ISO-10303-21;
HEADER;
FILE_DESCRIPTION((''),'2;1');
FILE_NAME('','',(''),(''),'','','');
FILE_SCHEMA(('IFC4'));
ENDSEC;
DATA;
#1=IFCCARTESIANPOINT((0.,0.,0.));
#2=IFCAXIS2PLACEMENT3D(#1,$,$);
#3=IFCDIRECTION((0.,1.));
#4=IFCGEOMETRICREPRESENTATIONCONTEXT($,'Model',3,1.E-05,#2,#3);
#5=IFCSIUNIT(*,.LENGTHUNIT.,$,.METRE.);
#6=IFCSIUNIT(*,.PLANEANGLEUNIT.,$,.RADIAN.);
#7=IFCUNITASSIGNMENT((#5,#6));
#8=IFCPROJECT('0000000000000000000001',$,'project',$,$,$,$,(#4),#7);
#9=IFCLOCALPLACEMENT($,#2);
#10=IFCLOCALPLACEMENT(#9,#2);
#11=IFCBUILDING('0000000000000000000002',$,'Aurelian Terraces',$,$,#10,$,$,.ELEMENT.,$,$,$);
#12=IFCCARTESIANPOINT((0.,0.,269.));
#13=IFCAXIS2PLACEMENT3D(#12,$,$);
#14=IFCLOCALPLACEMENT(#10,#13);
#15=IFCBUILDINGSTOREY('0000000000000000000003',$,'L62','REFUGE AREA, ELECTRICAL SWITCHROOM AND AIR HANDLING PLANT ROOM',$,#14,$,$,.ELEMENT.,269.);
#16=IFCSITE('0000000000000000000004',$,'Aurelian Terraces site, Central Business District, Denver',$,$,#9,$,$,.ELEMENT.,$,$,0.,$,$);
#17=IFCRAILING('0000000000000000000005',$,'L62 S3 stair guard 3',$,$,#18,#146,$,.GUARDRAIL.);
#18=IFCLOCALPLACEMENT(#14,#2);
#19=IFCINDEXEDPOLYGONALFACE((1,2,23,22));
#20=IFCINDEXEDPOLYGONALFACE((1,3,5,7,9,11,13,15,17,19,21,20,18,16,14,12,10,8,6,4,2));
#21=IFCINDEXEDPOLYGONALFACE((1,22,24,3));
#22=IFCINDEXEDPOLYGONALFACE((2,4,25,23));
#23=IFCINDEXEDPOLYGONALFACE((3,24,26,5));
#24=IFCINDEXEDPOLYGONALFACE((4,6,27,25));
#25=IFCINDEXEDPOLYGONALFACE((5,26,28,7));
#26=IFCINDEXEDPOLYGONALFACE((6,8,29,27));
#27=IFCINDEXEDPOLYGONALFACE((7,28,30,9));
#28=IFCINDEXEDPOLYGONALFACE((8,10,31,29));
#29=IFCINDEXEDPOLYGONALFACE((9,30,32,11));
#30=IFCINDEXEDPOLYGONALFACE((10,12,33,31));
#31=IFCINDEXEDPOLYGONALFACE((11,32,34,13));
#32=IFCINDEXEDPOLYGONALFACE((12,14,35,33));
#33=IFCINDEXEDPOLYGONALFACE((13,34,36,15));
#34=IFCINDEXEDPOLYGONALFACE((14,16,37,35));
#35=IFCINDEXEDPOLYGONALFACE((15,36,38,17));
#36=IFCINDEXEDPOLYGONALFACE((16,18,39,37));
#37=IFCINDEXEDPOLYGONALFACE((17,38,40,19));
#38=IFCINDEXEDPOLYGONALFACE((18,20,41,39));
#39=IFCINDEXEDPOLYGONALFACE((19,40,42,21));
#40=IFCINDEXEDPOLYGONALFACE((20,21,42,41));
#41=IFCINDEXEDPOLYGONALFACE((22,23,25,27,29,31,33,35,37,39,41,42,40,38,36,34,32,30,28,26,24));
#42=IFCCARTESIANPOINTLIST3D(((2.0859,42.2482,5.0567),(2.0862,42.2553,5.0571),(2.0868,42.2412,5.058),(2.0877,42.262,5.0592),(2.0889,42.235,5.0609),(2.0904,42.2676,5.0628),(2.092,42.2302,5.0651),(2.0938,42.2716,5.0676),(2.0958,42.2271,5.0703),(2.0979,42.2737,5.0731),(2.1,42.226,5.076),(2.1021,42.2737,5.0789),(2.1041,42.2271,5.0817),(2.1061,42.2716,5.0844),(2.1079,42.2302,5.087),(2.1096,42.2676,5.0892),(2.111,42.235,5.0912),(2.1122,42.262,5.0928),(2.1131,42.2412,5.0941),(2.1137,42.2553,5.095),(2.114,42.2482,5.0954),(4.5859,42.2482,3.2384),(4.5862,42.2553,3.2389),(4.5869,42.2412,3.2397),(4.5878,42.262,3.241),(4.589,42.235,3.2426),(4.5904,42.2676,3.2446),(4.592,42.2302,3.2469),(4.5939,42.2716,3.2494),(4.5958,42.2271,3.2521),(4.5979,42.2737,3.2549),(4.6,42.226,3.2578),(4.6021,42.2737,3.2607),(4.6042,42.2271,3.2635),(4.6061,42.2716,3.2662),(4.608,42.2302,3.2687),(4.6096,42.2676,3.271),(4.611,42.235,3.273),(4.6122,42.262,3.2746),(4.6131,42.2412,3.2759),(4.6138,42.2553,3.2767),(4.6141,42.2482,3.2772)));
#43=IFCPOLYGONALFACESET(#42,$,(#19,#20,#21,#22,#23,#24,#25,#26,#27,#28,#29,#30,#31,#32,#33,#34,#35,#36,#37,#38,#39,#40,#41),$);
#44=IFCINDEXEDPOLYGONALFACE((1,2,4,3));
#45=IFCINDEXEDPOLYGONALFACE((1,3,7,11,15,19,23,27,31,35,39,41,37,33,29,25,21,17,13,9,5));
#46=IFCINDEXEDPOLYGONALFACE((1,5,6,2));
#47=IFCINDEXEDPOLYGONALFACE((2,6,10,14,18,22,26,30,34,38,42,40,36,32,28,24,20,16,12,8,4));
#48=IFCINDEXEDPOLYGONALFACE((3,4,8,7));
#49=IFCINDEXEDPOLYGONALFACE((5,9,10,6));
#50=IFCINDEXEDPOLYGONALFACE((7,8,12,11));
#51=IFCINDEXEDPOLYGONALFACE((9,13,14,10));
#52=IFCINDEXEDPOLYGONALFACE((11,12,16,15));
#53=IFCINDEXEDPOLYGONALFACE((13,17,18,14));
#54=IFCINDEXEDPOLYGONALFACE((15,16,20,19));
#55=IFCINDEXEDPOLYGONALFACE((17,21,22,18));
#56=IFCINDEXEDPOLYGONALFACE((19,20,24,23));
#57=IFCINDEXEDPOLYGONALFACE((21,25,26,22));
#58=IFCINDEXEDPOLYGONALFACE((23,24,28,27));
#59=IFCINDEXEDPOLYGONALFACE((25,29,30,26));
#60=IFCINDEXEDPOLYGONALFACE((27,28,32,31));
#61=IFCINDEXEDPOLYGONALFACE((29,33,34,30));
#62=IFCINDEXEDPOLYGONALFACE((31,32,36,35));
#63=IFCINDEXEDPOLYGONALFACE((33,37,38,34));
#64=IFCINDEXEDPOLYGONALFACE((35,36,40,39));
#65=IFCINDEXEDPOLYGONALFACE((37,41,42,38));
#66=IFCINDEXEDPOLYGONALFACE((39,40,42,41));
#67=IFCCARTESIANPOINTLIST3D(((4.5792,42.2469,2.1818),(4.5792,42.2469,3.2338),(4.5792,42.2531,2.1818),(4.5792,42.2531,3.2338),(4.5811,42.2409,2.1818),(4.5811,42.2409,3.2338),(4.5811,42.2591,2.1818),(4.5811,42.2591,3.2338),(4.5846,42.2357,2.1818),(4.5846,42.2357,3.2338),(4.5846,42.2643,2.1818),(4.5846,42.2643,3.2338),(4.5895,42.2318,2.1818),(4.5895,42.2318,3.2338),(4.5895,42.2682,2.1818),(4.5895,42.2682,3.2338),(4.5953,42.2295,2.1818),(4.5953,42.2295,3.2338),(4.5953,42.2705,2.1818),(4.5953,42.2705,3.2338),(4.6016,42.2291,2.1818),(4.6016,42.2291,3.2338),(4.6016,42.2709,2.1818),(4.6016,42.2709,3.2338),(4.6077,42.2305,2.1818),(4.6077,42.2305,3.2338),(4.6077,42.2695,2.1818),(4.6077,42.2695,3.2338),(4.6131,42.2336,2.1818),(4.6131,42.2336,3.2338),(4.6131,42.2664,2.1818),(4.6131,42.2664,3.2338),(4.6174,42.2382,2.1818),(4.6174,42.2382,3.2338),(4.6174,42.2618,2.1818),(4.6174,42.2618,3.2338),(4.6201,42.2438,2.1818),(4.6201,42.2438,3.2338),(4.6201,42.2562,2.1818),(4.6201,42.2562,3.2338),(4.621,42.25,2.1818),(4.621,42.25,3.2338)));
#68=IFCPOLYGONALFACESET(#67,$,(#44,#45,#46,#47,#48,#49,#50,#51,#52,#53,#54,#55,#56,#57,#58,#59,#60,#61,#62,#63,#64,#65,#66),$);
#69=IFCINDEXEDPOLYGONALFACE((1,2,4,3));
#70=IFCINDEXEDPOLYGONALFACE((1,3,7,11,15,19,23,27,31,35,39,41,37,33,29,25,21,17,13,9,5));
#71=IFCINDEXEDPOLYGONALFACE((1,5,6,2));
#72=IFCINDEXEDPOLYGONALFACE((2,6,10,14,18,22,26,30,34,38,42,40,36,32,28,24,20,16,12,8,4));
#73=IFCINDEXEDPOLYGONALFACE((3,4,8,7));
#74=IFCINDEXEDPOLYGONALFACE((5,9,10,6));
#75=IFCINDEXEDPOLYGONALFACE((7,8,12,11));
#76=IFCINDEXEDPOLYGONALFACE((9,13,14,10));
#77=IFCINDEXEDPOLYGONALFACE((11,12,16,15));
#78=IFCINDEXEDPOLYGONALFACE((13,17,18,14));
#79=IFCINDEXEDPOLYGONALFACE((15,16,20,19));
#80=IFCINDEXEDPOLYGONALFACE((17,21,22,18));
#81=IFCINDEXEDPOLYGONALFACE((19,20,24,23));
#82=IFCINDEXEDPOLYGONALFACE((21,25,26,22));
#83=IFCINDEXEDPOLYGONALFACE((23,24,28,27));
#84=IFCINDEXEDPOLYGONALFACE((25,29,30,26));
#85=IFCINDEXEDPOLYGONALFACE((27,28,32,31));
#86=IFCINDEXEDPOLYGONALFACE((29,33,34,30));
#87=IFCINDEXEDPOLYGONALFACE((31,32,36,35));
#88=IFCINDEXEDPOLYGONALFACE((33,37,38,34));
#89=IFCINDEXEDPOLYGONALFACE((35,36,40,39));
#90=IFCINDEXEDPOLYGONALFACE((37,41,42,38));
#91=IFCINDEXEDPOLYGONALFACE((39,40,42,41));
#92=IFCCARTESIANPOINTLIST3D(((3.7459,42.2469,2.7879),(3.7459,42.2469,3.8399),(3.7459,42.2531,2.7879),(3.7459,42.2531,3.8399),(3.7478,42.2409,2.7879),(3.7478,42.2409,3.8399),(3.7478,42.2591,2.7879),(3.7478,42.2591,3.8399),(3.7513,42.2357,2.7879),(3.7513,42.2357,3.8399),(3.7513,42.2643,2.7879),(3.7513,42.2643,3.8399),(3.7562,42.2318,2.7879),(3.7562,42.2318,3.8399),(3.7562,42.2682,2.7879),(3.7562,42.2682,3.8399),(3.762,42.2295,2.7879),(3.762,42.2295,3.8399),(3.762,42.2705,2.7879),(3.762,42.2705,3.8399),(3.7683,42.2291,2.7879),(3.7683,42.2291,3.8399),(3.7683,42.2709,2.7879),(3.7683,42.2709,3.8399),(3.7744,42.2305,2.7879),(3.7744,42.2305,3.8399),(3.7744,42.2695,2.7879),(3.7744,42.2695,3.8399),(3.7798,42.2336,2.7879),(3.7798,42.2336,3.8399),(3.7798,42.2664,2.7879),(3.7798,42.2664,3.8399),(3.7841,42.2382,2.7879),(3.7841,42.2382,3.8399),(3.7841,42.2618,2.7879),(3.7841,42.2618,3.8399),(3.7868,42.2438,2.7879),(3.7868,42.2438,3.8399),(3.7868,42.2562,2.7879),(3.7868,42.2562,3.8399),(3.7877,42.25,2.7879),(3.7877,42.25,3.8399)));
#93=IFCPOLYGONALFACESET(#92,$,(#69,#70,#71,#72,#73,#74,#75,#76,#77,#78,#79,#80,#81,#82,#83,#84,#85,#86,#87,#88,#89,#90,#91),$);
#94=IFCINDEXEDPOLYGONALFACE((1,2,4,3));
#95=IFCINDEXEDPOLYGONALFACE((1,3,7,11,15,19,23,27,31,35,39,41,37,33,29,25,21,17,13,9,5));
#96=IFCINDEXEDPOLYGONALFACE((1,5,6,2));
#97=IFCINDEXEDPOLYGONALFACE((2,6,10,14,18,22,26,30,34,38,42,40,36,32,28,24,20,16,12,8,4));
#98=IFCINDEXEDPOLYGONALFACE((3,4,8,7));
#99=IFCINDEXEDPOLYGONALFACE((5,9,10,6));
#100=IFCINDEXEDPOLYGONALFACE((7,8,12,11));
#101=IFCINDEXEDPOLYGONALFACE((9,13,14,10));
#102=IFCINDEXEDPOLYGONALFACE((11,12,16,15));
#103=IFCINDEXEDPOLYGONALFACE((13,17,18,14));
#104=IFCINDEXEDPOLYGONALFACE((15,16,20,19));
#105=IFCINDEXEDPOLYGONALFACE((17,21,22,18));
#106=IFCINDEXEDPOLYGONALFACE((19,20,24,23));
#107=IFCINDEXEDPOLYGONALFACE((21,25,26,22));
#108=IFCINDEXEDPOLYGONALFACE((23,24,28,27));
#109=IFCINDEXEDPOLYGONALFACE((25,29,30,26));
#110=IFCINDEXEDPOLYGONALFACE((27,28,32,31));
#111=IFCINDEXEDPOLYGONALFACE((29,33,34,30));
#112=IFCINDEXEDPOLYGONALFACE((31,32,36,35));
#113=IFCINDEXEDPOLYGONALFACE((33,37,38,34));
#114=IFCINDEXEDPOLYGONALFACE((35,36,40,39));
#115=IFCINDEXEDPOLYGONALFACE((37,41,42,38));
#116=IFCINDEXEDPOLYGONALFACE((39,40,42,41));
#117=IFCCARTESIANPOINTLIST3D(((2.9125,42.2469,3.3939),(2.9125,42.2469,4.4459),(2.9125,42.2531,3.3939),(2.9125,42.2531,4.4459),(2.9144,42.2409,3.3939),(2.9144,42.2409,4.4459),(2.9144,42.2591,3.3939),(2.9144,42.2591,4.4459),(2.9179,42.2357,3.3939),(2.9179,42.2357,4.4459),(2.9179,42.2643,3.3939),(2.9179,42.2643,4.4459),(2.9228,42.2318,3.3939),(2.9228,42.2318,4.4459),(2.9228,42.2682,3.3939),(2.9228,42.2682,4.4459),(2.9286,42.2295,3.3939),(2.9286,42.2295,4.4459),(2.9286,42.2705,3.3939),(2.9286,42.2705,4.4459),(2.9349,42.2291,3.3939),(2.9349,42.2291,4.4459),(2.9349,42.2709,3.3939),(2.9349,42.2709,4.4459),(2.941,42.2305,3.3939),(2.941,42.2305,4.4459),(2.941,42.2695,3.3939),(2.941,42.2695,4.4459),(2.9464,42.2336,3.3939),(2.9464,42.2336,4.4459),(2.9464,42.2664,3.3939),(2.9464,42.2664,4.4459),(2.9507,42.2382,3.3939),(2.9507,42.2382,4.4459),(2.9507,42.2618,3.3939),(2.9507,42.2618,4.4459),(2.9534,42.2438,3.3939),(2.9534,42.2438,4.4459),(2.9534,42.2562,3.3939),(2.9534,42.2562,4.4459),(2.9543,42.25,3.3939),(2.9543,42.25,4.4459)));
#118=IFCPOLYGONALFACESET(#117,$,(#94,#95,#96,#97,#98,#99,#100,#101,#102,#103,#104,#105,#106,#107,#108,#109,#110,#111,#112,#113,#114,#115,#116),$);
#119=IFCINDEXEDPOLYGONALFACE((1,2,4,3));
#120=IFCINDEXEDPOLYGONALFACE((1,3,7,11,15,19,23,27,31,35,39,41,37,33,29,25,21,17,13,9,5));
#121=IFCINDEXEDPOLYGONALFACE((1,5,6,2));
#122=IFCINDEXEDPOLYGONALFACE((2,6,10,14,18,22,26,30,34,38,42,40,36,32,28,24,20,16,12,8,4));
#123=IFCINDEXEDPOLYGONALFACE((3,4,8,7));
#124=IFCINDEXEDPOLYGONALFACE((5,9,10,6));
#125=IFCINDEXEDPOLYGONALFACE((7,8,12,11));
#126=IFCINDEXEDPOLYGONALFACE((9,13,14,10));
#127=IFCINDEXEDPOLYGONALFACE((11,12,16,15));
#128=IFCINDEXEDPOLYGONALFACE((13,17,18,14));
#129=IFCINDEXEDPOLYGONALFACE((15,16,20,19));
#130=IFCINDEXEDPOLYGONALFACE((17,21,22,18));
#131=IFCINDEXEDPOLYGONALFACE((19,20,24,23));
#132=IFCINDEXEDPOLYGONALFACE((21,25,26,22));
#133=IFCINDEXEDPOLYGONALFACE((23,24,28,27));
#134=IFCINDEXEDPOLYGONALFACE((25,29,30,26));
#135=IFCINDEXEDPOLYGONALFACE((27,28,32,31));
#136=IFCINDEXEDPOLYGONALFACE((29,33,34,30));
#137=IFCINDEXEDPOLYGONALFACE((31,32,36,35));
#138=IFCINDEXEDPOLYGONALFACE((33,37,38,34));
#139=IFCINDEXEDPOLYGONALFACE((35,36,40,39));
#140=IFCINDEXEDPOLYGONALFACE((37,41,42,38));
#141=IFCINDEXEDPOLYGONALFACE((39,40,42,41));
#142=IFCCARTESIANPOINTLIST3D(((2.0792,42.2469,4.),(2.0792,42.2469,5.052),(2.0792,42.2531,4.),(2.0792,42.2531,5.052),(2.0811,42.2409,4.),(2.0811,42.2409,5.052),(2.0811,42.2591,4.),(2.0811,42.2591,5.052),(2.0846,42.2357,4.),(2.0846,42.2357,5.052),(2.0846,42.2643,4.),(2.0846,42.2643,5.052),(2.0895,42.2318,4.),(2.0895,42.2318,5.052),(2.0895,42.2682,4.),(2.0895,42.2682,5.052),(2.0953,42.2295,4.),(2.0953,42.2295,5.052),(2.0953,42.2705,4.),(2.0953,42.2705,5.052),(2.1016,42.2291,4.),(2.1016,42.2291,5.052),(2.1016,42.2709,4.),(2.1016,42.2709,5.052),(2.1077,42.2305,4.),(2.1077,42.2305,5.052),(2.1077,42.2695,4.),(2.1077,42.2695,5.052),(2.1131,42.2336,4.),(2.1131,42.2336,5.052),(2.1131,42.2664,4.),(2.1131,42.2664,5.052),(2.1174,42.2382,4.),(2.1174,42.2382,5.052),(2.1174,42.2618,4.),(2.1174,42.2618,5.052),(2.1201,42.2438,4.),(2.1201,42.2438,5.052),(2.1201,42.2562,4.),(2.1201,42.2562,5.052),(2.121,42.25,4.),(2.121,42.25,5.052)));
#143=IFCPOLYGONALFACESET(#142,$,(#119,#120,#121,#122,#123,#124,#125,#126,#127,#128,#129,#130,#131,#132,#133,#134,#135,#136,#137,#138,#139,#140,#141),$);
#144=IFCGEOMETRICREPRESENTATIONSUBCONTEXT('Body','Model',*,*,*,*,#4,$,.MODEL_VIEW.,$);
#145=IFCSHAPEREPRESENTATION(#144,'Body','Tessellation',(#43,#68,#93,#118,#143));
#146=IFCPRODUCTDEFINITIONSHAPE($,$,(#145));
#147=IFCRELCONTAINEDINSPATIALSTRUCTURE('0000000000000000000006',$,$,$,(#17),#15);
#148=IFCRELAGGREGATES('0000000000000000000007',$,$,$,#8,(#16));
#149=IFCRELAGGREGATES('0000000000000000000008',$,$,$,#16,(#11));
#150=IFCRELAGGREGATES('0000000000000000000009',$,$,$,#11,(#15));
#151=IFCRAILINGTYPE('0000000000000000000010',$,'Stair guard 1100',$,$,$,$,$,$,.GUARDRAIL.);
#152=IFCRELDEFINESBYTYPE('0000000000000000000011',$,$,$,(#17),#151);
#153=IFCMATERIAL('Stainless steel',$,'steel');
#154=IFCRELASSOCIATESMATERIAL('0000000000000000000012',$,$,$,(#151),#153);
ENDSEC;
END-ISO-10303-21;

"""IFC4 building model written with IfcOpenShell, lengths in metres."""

from ifc_helpers import new_model, si_unit, direction, frame, origin, origin_2d, place, context, subcontext, project, spatial, circle, extrude, source, transform, mapped, material, type_object, element, save


model = new_model("IFC4")

# Units and contexts
model_context = context("Model", 3, precision=1e-05, world=origin(), true_north=direction((0.0, 1.0)))
body_context = subcontext(model_context, "Body", "Model", "MODEL_VIEW")
ifc_project = project(units=[si_unit("LENGTHUNIT", "METRE"), si_unit("PLANEANGLEUNIT", "RADIAN")], contexts=[model_context])

# Site, building, storey
site_placement = place(None, origin())
site = spatial("IfcSite", under=ifc_project, at=site_placement, Name="Aurelian Terraces site, Central Business District, Denver", CompositionType="ELEMENT", RefElevation=0.0)
building_placement = place(site_placement, origin())
building = spatial("IfcBuilding", under=site, at=building_placement, Name="Aurelian Terraces", CompositionType="ELEMENT")
storey_placement = place(building_placement, frame((0.0, 0.0, 269.0)))
storey = spatial("IfcBuildingStorey", under=building, at=storey_placement, Name="L62", Description="REFUGE AREA, ELECTRICAL SWITCHROOM AND AIR HANDLING PLANT ROOM", CompositionType="ELEMENT", Elevation=269.0)

# Railing
ifc_material_1 = material(Name="Stainless steel", Category="steel")
railing_type_1 = type_object("IfcRailingType", Name="Stair guard 1100", PredefinedType="GUARDRAIL", material=ifc_material_1)
shared_shape_1 = source(origin(), body_context, "Body", "SweptSolid", [
    extrude(circle(Radius=0.024, at=origin_2d()), frame((0.0, 0.0, 1.076), z_axis=(-0.808733, 0.0, 0.588176), x_axis=(0.0, -1.0, 0.0)), (0.0, 0.0, 1.0), 3.0913),
    extrude(circle(Radius=0.021, at=origin_2d()), origin(), (0.0, 0.0, 1.0), 1.052),
    extrude(circle(Radius=0.021, at=origin_2d()), frame((-0.8333, 0.0, 0.6061)), (0.0, 0.0, 1.0), 1.052),
    extrude(circle(Radius=0.021, at=origin_2d()), frame((-1.6667, 0.0, 1.2121)), (0.0, 0.0, 1.0), 1.052),
    extrude(circle(Radius=0.021, at=origin_2d()), frame((-2.5, 0.0, 1.8182)), (0.0, 0.0, 1.0), 1.052),
])
for number, where, name in (
    (1, (4.6, 42.25, 2.1818), "L62 S3 stair guard 3"),
):
    element("IfcRailing", number, at=place(storey_placement, frame(where)), inside=storey, type_object=railing_type_1, Name=name, PredefinedType="GUARDRAIL", context=body_context, shape_type="MappedRepresentation", body=[
        mapped(shared_shape_1, transform((0.0, 0.0, 0.0), scale=1.0)),
    ])

save(model, "model.ifc")
